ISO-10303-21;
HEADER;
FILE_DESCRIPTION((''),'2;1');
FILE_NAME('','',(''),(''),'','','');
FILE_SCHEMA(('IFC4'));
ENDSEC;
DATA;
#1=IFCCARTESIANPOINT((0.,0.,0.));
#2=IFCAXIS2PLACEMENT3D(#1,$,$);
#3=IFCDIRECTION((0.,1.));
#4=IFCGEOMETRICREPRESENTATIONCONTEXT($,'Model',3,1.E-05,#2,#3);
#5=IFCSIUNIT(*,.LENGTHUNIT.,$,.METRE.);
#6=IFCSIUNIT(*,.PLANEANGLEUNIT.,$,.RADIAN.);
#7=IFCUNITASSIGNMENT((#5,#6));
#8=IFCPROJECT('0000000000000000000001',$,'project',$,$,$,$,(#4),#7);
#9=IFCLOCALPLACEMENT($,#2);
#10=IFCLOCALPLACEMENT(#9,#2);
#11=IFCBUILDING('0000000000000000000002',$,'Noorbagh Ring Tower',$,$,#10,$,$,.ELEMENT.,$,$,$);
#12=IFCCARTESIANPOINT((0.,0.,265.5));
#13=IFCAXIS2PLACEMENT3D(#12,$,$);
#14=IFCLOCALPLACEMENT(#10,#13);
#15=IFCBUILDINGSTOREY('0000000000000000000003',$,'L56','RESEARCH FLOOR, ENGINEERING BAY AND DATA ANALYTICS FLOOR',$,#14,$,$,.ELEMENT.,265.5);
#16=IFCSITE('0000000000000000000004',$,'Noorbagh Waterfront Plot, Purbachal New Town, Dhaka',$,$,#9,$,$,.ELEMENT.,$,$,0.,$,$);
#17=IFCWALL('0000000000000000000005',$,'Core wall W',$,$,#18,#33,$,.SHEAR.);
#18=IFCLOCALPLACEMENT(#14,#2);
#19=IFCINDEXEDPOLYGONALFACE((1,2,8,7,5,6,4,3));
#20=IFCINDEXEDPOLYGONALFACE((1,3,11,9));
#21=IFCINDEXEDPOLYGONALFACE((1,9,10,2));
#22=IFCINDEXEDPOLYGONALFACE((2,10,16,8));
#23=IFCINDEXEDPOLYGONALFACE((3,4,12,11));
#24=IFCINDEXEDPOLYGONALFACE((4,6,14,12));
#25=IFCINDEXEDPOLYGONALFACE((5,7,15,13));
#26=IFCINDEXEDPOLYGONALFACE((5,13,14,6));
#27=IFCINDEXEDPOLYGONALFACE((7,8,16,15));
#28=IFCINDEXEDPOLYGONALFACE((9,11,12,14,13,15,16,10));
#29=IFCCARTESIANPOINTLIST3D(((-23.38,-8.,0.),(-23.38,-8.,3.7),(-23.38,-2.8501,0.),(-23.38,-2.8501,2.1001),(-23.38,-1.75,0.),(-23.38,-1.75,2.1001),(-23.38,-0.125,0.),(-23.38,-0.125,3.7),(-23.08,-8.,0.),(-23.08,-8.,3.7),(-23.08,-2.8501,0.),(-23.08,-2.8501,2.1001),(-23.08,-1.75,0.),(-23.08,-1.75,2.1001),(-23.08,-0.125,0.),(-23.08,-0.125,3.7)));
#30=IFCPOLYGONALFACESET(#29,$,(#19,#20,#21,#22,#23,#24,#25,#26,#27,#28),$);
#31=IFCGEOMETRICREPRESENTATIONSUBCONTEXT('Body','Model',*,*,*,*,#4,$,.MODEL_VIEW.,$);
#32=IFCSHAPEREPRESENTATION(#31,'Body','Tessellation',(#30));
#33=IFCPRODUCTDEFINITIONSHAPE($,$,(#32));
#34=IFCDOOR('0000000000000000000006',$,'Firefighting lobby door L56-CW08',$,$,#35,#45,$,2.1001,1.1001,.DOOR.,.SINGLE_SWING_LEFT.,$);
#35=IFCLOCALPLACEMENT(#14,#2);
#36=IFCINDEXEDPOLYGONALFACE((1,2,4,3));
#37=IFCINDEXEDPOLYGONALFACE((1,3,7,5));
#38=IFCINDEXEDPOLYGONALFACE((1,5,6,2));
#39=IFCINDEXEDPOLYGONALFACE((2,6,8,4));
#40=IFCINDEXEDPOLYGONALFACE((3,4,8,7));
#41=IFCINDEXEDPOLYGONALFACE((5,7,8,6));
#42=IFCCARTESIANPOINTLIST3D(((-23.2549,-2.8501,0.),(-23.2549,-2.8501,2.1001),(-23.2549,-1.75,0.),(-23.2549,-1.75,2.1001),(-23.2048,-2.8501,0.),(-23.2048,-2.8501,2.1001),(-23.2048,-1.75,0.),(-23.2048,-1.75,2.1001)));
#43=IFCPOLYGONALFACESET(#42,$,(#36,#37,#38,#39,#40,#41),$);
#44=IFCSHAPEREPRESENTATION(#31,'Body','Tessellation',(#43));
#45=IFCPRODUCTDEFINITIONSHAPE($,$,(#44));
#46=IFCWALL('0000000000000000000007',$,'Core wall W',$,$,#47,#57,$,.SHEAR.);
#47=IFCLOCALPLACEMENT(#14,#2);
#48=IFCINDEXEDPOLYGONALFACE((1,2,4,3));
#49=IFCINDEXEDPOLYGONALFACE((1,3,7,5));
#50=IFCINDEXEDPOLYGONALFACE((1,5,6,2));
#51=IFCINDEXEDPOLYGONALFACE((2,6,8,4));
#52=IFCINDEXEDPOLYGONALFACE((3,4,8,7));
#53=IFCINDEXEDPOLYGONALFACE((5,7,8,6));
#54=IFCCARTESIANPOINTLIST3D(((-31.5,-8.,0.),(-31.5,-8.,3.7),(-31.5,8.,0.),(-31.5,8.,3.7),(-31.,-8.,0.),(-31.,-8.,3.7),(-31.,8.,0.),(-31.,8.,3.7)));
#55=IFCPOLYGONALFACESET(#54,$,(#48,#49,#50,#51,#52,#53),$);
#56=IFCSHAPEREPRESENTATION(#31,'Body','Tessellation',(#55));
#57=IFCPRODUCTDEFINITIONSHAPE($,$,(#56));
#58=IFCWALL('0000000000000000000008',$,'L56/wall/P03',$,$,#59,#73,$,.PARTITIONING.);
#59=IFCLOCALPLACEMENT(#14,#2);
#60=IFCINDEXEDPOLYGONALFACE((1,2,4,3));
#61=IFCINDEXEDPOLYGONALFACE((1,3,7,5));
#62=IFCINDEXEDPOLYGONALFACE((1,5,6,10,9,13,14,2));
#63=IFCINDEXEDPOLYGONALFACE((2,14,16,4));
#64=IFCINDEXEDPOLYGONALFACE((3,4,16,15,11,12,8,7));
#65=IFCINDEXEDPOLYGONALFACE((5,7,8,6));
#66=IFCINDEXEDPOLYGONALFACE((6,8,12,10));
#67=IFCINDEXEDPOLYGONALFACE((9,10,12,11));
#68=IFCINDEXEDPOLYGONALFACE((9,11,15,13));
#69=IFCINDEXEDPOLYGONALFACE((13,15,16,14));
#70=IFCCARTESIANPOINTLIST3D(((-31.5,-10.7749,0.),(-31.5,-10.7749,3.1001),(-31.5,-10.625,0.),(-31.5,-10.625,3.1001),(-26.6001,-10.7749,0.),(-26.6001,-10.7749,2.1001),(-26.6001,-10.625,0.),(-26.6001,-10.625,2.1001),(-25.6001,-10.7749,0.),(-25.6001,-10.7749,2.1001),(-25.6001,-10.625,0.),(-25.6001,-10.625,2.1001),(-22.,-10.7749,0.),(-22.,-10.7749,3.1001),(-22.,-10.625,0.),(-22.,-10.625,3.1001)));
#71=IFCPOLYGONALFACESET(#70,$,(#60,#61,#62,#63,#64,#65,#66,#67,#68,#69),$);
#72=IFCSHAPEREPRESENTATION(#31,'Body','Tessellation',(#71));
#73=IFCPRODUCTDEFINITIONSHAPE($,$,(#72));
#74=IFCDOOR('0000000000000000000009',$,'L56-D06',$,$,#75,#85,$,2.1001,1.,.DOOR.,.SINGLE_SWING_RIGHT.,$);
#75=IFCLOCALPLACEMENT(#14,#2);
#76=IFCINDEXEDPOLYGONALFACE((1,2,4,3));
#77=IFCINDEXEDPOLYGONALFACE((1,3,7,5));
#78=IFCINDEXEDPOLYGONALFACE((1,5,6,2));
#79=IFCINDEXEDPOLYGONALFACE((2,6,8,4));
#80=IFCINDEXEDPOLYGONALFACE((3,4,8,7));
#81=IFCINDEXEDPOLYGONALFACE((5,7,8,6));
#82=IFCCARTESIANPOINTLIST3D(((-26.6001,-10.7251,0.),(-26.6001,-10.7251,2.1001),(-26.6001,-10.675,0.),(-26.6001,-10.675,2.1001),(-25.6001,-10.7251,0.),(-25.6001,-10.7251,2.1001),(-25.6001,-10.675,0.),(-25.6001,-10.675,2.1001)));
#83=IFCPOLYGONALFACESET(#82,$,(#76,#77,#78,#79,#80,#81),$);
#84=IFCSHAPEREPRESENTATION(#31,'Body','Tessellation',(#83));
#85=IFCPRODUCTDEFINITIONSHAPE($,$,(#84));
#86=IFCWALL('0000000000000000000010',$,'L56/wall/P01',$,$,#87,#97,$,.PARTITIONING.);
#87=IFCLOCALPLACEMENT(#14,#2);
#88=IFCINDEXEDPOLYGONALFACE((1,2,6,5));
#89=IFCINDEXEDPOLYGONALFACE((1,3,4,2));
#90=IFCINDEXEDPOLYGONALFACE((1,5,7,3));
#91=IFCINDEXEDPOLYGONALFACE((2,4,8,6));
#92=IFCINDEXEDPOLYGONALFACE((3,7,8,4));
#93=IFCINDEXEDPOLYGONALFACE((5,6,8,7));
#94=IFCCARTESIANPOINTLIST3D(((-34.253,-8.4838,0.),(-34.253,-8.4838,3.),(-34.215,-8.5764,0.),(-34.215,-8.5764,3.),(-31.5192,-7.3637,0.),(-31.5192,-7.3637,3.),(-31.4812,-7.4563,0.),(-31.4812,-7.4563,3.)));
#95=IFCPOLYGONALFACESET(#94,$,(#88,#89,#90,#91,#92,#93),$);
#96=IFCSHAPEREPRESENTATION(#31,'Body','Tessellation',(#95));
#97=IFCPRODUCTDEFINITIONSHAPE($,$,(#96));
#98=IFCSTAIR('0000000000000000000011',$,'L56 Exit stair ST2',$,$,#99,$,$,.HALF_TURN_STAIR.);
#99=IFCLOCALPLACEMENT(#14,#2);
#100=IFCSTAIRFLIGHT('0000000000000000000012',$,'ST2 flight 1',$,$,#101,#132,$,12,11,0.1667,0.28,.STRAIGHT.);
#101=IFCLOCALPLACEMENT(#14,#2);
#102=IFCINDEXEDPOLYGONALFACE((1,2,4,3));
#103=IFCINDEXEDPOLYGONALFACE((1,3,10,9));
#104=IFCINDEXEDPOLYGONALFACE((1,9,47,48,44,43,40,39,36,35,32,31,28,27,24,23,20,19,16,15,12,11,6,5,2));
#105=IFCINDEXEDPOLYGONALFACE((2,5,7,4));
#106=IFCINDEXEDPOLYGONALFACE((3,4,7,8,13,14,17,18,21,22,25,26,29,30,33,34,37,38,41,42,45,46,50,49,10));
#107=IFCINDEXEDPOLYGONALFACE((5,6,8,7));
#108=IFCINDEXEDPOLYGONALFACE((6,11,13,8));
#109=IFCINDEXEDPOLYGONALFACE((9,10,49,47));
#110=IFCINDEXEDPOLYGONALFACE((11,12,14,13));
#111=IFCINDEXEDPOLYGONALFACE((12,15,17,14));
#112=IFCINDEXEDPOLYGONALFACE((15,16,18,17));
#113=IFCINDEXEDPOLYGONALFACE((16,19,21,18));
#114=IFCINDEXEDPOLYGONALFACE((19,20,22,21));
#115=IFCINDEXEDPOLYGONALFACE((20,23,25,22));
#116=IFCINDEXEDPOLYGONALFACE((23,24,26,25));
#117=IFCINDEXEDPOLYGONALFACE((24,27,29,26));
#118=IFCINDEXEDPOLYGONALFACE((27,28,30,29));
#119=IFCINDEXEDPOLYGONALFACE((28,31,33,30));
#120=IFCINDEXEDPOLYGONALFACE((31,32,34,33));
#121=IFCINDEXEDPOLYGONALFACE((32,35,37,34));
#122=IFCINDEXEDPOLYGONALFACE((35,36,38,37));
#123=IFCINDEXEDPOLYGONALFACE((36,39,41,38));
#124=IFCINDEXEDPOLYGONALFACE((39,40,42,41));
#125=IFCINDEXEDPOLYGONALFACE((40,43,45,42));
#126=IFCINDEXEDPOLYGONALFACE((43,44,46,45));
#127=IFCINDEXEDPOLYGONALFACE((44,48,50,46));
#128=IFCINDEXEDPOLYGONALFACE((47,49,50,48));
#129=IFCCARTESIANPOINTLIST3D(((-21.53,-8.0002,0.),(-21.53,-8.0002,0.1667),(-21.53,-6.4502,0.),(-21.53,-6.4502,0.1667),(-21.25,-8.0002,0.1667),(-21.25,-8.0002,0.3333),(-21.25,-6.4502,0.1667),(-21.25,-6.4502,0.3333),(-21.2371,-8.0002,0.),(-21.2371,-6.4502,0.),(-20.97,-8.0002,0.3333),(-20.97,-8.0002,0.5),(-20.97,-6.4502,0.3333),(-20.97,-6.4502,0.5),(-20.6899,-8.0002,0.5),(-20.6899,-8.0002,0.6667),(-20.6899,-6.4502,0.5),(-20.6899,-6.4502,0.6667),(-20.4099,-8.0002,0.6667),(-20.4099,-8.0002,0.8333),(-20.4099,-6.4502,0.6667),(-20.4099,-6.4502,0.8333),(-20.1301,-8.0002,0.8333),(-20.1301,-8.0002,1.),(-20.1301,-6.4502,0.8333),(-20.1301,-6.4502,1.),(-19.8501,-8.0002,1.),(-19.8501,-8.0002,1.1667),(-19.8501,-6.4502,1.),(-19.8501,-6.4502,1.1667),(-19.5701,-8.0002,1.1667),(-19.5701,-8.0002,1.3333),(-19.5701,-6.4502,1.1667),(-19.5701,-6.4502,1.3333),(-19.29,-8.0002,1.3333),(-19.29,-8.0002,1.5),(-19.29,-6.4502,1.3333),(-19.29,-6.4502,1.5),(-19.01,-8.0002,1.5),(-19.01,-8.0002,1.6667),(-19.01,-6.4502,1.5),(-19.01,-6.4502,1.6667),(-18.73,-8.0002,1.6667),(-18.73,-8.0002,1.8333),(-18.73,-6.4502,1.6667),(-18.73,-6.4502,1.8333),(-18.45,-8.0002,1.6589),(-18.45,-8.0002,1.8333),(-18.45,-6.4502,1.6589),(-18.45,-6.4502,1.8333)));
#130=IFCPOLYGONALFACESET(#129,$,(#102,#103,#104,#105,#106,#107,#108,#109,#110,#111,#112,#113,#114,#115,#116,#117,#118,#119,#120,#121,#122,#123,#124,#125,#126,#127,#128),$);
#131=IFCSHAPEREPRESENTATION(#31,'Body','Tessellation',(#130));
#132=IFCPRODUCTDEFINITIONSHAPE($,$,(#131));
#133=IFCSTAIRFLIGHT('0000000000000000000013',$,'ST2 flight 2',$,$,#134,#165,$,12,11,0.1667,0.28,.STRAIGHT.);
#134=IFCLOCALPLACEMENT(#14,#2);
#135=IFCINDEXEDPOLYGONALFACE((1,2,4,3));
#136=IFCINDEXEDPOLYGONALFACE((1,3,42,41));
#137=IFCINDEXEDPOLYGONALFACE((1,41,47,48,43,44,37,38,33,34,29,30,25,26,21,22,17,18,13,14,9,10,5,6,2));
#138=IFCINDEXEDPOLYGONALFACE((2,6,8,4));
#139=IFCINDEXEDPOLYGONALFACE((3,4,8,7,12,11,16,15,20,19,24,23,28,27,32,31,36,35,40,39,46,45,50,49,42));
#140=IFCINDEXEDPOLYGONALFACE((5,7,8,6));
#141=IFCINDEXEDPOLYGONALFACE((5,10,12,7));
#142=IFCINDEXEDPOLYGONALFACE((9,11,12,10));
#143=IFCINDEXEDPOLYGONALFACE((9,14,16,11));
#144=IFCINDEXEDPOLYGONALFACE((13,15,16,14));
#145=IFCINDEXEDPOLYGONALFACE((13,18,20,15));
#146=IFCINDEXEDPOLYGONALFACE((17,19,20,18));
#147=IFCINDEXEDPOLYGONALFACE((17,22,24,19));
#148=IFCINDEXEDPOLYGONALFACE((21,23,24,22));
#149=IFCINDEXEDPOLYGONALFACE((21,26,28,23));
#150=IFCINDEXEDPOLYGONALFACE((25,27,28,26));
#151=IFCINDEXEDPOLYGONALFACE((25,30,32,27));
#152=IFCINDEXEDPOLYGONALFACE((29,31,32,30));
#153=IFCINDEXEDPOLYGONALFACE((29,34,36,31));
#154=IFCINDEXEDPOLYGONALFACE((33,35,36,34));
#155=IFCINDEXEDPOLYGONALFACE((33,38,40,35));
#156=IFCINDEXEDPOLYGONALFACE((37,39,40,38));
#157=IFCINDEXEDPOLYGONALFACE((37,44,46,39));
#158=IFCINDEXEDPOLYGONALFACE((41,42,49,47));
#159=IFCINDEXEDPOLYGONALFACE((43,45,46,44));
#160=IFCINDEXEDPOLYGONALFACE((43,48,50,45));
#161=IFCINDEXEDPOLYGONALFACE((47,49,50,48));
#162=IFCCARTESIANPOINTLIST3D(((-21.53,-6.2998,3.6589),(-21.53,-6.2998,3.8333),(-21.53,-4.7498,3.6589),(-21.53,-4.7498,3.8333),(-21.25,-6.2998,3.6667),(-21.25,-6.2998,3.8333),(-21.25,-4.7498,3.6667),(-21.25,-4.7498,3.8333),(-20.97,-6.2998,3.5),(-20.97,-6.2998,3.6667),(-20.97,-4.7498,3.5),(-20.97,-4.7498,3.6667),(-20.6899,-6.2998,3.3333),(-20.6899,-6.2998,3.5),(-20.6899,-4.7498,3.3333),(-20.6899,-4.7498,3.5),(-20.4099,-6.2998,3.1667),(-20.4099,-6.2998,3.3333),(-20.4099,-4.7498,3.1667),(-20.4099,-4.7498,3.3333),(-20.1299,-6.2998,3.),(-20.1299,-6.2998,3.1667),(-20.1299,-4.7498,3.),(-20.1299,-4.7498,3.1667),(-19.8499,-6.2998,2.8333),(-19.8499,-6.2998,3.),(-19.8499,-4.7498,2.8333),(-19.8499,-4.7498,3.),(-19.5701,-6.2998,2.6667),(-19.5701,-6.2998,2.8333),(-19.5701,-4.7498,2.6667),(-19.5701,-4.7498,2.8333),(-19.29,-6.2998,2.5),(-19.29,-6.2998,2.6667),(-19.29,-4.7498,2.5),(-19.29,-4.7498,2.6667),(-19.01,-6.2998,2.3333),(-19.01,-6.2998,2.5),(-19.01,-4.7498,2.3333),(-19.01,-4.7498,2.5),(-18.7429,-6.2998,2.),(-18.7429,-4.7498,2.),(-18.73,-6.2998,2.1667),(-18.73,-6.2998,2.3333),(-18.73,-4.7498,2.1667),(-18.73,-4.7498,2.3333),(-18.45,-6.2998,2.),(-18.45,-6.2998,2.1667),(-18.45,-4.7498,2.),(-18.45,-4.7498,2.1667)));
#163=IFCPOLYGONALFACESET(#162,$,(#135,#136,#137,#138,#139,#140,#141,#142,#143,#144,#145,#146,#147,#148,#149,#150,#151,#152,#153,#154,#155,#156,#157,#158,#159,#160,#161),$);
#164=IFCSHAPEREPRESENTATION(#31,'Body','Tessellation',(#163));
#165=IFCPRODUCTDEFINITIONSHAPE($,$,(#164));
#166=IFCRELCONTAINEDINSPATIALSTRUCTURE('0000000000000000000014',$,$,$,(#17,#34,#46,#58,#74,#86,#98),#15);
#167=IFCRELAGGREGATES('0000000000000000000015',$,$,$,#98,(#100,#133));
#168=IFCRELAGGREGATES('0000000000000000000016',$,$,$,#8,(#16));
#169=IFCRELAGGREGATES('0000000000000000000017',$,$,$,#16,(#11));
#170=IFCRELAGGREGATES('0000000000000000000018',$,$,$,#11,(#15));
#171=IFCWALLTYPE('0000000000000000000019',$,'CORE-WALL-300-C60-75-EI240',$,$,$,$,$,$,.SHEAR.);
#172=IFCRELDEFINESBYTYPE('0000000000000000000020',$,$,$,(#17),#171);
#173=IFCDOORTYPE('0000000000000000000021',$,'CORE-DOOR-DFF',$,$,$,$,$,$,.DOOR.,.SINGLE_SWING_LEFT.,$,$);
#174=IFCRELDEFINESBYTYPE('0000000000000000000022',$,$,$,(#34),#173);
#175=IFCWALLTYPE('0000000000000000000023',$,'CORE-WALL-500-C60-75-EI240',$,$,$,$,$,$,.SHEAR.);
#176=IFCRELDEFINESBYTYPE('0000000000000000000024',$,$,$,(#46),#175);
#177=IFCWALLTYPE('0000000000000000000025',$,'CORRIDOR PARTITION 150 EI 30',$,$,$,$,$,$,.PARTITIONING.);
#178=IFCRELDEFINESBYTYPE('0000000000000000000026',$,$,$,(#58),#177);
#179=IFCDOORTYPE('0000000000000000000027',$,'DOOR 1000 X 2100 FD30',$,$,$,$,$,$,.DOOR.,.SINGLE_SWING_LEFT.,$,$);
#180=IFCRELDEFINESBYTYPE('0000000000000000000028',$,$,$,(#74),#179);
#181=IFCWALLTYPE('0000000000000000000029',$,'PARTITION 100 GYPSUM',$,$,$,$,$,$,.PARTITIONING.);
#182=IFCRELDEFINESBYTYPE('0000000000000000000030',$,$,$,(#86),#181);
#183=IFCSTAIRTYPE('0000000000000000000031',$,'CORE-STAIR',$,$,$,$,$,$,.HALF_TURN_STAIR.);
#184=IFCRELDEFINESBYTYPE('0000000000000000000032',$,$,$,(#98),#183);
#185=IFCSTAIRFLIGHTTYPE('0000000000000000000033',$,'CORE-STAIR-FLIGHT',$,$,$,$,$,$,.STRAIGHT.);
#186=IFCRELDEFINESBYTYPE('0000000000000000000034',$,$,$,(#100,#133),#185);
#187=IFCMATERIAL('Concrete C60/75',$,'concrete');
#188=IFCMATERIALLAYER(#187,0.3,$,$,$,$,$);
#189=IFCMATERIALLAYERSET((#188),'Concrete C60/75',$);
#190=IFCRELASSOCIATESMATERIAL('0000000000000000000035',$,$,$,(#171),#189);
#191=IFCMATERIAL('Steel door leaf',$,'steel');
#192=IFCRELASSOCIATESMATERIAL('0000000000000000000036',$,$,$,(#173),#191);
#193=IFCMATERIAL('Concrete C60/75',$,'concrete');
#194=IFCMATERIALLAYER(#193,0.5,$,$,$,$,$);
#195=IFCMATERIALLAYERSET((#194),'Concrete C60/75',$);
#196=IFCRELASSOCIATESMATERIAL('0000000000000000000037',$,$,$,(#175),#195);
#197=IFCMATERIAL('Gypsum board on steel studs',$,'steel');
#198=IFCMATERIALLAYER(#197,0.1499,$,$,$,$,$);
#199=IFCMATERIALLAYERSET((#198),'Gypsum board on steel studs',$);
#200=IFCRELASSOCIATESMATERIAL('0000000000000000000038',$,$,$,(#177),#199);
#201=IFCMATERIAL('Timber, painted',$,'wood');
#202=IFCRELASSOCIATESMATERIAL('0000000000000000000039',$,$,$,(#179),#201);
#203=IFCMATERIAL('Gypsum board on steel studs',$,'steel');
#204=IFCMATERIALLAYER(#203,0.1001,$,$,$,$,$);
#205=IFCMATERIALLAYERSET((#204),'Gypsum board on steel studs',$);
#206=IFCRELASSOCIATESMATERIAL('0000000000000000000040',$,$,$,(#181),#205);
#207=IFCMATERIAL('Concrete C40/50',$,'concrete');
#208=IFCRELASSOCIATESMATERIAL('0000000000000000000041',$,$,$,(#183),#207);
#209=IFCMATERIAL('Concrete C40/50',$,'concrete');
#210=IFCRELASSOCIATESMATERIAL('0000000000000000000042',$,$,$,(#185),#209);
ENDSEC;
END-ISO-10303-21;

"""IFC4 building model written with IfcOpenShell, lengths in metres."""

from ifc_helpers import new_model, si_unit, direction, frame, frame_2d, origin, place, context, subcontext, project, spatial, polyline, rectangle, outline, extrude, material, layer, layer_set, type_object, element, fill, aggregate, save


model = new_model("IFC4")

# Units and contexts
model_context = context("Model", 3, precision=1e-05, world=origin(), true_north=direction((0.0, 1.0)))
body_context = subcontext(model_context, "Body", "Model", "MODEL_VIEW")
ifc_project = project(units=[si_unit("LENGTHUNIT", "METRE"), si_unit("PLANEANGLEUNIT", "RADIAN")], contexts=[model_context])

# Site, building, storey
site_placement = place(None, origin())
site = spatial("IfcSite", under=ifc_project, at=site_placement, Name="Noorbagh Waterfront Plot, Purbachal New Town, Dhaka", CompositionType="ELEMENT", RefElevation=0.0)
building_placement = place(site_placement, origin())
building = spatial("IfcBuilding", under=site, at=building_placement, Name="Noorbagh Ring Tower", CompositionType="ELEMENT")
storey_placement = place(building_placement, frame((0.0, 0.0, 265.5)))
storey = spatial("IfcBuildingStorey", under=building, at=storey_placement, Name="L56", Description="RESEARCH FLOOR, ENGINEERING BAY AND DATA ANALYTICS FLOOR", CompositionType="ELEMENT", Elevation=265.5)

# Shared definitions
ifc_material_1 = material(Name="Concrete C60/75", Category="concrete")
ifc_layer_1 = layer(ifc_material_1, 0.3)
ifc_layer_set_1 = layer_set([ifc_layer_1], Name="Concrete C60/75")
wall_type_1 = type_object("IfcWallType", Name="CORE-WALL-300-C60-75-EI240", PredefinedType="SHEAR", material=ifc_layer_set_1)

# Wall, opening, door
wall_1_placement = place(storey_placement, frame((-23.23, -8.0, 0.0), z_axis=(0.0, 0.0, 1.0), x_axis=(0.0, 1.0, 0.0)))
wall_1 = element("IfcWall", 1, at=wall_1_placement, inside=storey, type_object=wall_type_1, Name="Core wall W", PredefinedType="SHEAR", context=body_context, shape_type="SweptSolid", body=[
    extrude(rectangle(XDim=7.875, YDim=0.3, at=frame_2d((3.9375, 0.0))), origin(), (0.0, 0.0, 1.0), 3.7),
])
opening_1_placement = place(wall_1_placement, frame((5.1499, 0.0, 0.0)))
opening_1 = element("IfcOpeningElement", 2, at=opening_1_placement, cuts=wall_1, PredefinedType="OPENING", context=body_context, shape_type="SweptSolid", body=[
    extrude(rectangle(XDim=1.1001, YDim=2.1001, at=frame_2d((0.55, 1.05))), frame((0.0, 0.1602, 0.0), z_axis=(0.0, -1.0, 0.0), x_axis=(1.0, 0.0, 0.0)), (0.0, 0.0, 1.0), 0.3201),
])
ifc_material_2 = material(Name="Steel door leaf", Category="steel")
door_type_1 = type_object("IfcDoorType", Name="CORE-DOOR-DFF", OperationType="SINGLE_SWING_LEFT", PredefinedType="DOOR", material=ifc_material_2)
door_1_placement = place(opening_1_placement, origin())
door_1 = element("IfcDoor", 3, at=door_1_placement, inside=storey, type_object=door_type_1, Name="Firefighting lobby door L56-CW08", OperationType="SINGLE_SWING_LEFT", OverallHeight=2.1001, OverallWidth=1.1001, PredefinedType="DOOR", context=body_context, shape_type="SweptSolid", body=[
    extrude(rectangle(XDim=1.1001, YDim=2.1001, at=frame_2d((0.55, 1.05))), frame((0.0, 0.0249, 0.0), z_axis=(0.0, -1.0, 0.0), x_axis=(1.0, 0.0, 0.0)), (0.0, 0.0, 1.0), 0.05),
])
fill(opening_1, door_1)

# Wall
ifc_material_3 = material(Name="Concrete C60/75", Category="concrete")
ifc_layer_2 = layer(ifc_material_3, 0.5)
ifc_layer_set_2 = layer_set([ifc_layer_2], Name="Concrete C60/75")
wall_type_2 = type_object("IfcWallType", Name="CORE-WALL-500-C60-75-EI240", PredefinedType="SHEAR", material=ifc_layer_set_2)
wall_2_placement = place(storey_placement, frame((-31.25, -8.0, 0.0), z_axis=(0.0, 0.0, 1.0), x_axis=(0.0, 1.0, 0.0)))
element("IfcWall", 4, at=wall_2_placement, inside=storey, type_object=wall_type_2, Name="Core wall W", PredefinedType="SHEAR", context=body_context, shape_type="SweptSolid", body=[
    extrude(rectangle(XDim=16.0, YDim=0.5, at=frame_2d((8.0, 0.0))), origin(), (0.0, 0.0, 1.0), 3.7),
])

# Wall, opening, door
ifc_material_4 = material(Name="Gypsum board on steel studs", Category="steel")
ifc_layer_3 = layer(ifc_material_4, 0.1499)
ifc_layer_set_3 = layer_set([ifc_layer_3], Name="Gypsum board on steel studs")
wall_type_3 = type_object("IfcWallType", Name="CORRIDOR PARTITION 150 EI 30", PredefinedType="PARTITIONING", material=ifc_layer_set_3)
wall_3_placement = place(storey_placement, frame((-31.5, -10.7, 0.0), z_axis=(0.0, 0.0, 1.0), x_axis=(1.0, 0.0, 0.0)))
wall_3 = element("IfcWall", 5, at=wall_3_placement, inside=storey, type_object=wall_type_3, Name="L56/wall/P03", PredefinedType="PARTITIONING", context=body_context, shape_type="SweptSolid", body=[
    extrude(rectangle(XDim=9.5, YDim=0.1499, at=frame_2d((4.75, 0.0))), origin(), (0.0, 0.0, 1.0), 3.1001),
])
opening_2_placement = place(wall_3_placement, frame((4.8999, 0.0, 0.0)))
opening_2 = element("IfcOpeningElement", 6, at=opening_2_placement, cuts=wall_3, PredefinedType="OPENING", context=body_context, shape_type="SweptSolid", body=[
    extrude(rectangle(XDim=1.0, YDim=2.1001, at=frame_2d((0.5, 1.05))), frame((0.0, 0.085, 0.0), z_axis=(0.0, -1.0, 0.0), x_axis=(1.0, 0.0, 0.0)), (0.0, 0.0, 1.0), 0.1699),
])
ifc_material_5 = material(Name="Timber, painted", Category="wood")
door_type_2 = type_object("IfcDoorType", Name="DOOR 1000 X 2100 FD30", OperationType="SINGLE_SWING_LEFT", PredefinedType="DOOR", material=ifc_material_5)
door_2_placement = place(opening_2_placement, origin())
door_2 = element("IfcDoor", 7, at=door_2_placement, inside=storey, type_object=door_type_2, Name="L56-D06", OperationType="SINGLE_SWING_RIGHT", OverallHeight=2.1001, OverallWidth=1.0, PredefinedType="DOOR", context=body_context, shape_type="SweptSolid", body=[
    extrude(rectangle(XDim=1.0, YDim=2.1001, at=frame_2d((0.5, 1.05))), frame((0.0, 0.0249, 0.0), z_axis=(0.0, -1.0, 0.0), x_axis=(1.0, 0.0, 0.0)), (0.0, 0.0, 1.0), 0.05),
])
fill(opening_2, door_2)

# Wall
ifc_material_6 = material(Name="Gypsum board on steel studs", Category="steel")
ifc_layer_4 = layer(ifc_material_6, 0.1001)
ifc_layer_set_4 = layer_set([ifc_layer_4], Name="Gypsum board on steel studs")
wall_type_4 = type_object("IfcWallType", Name="PARTITION 100 GYPSUM", PredefinedType="PARTITIONING", material=ifc_layer_set_4)
wall_4_placement = place(storey_placement, frame((-34.2339, -8.53, 0.0), z_axis=(0.0, 0.0, 1.0), x_axis=(0.925344, 0.379128, 0.0)))
element("IfcWall", 8, at=wall_4_placement, inside=storey, type_object=wall_type_4, Name="L56/wall/P01", PredefinedType="PARTITIONING", context=body_context, shape_type="SweptSolid", body=[
    extrude(rectangle(XDim=2.9543, YDim=0.1001, at=frame_2d((1.4771, 0.0))), origin(), (0.0, 0.0, 1.0), 3.0),
])

# Stair, stair flights
ifc_material_7 = material(Name="Concrete C40/50", Category="concrete")
stair_type = type_object("IfcStairType", Name="CORE-STAIR", PredefinedType="HALF_TURN_STAIR", material=ifc_material_7)
stair_placement = place(storey_placement, origin())
stair = element("IfcStair", 9, at=stair_placement, inside=storey, type_object=stair_type, Name="L56 Exit stair ST2", PredefinedType="HALF_TURN_STAIR")
ifc_material_8 = material(Name="Concrete C40/50", Category="concrete")
stair_flight_type = type_object("IfcStairFlightType", Name="CORE-STAIR-FLIGHT", PredefinedType="STRAIGHT", material=ifc_material_8)
stair_flight_1_placement = place(storey_placement, frame((-21.53, -7.2251, 0.0), z_axis=(0.0, 0.0, 1.0), x_axis=(1.0, 0.0, 0.0)))
stair_flight_1 = element("IfcStairFlight", 10, at=stair_flight_1_placement, type_object=stair_flight_type, Name="ST2 flight 1", NumberOfRisers=12, NumberOfTreads=11, PredefinedType="STRAIGHT", RiserHeight=0.1667, TreadLength=0.28, context=body_context, shape_type="SweptSolid", body=[
    extrude(outline(polyline([(0.0, 0.0), (0.0, 0.1667), (0.28, 0.1667), (0.28, 0.3333), (0.5601, 0.3333), (0.5601, 0.5), (0.8401, 0.5), (0.8401, 0.6667), (1.1201, 0.6667), (1.1201, 0.8333), (1.3999, 0.8333), (1.3999, 1.0), (1.6799, 1.0), (1.6799, 1.1667), (1.96, 1.1667), (1.96, 1.3333), (2.24, 1.3333), (2.24, 1.5), (2.52, 1.5), (2.52, 1.6667), (2.8, 1.6667), (2.8, 1.8333), (3.0801, 1.8333), (3.0801, 2.0), (3.0801, 1.6589), (0.293, 0.0), (0.0, 0.0)])), frame((0.0, 0.7749, 0.0), z_axis=(0.0, -1.0, 0.0), x_axis=(1.0, 0.0, 0.0)), (0.0, 0.0, 1.0), 1.55),
])
stair_flight_2_placement = place(storey_placement, frame((-18.45, -5.5249, 2.0), z_axis=(0.0, 0.0, 1.0), x_axis=(-1.0, 0.0, 0.0)))
stair_flight_2 = element("IfcStairFlight", 11, at=stair_flight_2_placement, type_object=stair_flight_type, Name="ST2 flight 2", NumberOfRisers=12, NumberOfTreads=11, PredefinedType="STRAIGHT", RiserHeight=0.1667, TreadLength=0.28, context=body_context, shape_type="SweptSolid", body=[
    extrude(outline(polyline([(0.0, 0.0), (0.0, 0.1667), (0.28, 0.1667), (0.28, 0.3333), (0.5601, 0.3333), (0.5601, 0.5), (0.8401, 0.5), (0.8401, 0.6667), (1.1201, 0.6667), (1.1201, 0.8333), (1.3999, 0.8333), (1.3999, 1.0), (1.6799, 1.0), (1.6799, 1.1667), (1.96, 1.1667), (1.96, 1.3333), (2.24, 1.3333), (2.24, 1.5), (2.52, 1.5), (2.52, 1.6667), (2.8, 1.6667), (2.8, 1.8333), (3.0801, 1.8333), (3.0801, 2.0), (3.0801, 1.6589), (0.293, 0.0), (0.0, 0.0)])), frame((0.0, 0.7749, 0.0), z_axis=(0.0, -1.0, 0.0), x_axis=(1.0, 0.0, 0.0)), (0.0, 0.0, 1.0), 1.55),
])
aggregate(stair, [stair_flight_1, stair_flight_2])

save(model, "model.ifc")
